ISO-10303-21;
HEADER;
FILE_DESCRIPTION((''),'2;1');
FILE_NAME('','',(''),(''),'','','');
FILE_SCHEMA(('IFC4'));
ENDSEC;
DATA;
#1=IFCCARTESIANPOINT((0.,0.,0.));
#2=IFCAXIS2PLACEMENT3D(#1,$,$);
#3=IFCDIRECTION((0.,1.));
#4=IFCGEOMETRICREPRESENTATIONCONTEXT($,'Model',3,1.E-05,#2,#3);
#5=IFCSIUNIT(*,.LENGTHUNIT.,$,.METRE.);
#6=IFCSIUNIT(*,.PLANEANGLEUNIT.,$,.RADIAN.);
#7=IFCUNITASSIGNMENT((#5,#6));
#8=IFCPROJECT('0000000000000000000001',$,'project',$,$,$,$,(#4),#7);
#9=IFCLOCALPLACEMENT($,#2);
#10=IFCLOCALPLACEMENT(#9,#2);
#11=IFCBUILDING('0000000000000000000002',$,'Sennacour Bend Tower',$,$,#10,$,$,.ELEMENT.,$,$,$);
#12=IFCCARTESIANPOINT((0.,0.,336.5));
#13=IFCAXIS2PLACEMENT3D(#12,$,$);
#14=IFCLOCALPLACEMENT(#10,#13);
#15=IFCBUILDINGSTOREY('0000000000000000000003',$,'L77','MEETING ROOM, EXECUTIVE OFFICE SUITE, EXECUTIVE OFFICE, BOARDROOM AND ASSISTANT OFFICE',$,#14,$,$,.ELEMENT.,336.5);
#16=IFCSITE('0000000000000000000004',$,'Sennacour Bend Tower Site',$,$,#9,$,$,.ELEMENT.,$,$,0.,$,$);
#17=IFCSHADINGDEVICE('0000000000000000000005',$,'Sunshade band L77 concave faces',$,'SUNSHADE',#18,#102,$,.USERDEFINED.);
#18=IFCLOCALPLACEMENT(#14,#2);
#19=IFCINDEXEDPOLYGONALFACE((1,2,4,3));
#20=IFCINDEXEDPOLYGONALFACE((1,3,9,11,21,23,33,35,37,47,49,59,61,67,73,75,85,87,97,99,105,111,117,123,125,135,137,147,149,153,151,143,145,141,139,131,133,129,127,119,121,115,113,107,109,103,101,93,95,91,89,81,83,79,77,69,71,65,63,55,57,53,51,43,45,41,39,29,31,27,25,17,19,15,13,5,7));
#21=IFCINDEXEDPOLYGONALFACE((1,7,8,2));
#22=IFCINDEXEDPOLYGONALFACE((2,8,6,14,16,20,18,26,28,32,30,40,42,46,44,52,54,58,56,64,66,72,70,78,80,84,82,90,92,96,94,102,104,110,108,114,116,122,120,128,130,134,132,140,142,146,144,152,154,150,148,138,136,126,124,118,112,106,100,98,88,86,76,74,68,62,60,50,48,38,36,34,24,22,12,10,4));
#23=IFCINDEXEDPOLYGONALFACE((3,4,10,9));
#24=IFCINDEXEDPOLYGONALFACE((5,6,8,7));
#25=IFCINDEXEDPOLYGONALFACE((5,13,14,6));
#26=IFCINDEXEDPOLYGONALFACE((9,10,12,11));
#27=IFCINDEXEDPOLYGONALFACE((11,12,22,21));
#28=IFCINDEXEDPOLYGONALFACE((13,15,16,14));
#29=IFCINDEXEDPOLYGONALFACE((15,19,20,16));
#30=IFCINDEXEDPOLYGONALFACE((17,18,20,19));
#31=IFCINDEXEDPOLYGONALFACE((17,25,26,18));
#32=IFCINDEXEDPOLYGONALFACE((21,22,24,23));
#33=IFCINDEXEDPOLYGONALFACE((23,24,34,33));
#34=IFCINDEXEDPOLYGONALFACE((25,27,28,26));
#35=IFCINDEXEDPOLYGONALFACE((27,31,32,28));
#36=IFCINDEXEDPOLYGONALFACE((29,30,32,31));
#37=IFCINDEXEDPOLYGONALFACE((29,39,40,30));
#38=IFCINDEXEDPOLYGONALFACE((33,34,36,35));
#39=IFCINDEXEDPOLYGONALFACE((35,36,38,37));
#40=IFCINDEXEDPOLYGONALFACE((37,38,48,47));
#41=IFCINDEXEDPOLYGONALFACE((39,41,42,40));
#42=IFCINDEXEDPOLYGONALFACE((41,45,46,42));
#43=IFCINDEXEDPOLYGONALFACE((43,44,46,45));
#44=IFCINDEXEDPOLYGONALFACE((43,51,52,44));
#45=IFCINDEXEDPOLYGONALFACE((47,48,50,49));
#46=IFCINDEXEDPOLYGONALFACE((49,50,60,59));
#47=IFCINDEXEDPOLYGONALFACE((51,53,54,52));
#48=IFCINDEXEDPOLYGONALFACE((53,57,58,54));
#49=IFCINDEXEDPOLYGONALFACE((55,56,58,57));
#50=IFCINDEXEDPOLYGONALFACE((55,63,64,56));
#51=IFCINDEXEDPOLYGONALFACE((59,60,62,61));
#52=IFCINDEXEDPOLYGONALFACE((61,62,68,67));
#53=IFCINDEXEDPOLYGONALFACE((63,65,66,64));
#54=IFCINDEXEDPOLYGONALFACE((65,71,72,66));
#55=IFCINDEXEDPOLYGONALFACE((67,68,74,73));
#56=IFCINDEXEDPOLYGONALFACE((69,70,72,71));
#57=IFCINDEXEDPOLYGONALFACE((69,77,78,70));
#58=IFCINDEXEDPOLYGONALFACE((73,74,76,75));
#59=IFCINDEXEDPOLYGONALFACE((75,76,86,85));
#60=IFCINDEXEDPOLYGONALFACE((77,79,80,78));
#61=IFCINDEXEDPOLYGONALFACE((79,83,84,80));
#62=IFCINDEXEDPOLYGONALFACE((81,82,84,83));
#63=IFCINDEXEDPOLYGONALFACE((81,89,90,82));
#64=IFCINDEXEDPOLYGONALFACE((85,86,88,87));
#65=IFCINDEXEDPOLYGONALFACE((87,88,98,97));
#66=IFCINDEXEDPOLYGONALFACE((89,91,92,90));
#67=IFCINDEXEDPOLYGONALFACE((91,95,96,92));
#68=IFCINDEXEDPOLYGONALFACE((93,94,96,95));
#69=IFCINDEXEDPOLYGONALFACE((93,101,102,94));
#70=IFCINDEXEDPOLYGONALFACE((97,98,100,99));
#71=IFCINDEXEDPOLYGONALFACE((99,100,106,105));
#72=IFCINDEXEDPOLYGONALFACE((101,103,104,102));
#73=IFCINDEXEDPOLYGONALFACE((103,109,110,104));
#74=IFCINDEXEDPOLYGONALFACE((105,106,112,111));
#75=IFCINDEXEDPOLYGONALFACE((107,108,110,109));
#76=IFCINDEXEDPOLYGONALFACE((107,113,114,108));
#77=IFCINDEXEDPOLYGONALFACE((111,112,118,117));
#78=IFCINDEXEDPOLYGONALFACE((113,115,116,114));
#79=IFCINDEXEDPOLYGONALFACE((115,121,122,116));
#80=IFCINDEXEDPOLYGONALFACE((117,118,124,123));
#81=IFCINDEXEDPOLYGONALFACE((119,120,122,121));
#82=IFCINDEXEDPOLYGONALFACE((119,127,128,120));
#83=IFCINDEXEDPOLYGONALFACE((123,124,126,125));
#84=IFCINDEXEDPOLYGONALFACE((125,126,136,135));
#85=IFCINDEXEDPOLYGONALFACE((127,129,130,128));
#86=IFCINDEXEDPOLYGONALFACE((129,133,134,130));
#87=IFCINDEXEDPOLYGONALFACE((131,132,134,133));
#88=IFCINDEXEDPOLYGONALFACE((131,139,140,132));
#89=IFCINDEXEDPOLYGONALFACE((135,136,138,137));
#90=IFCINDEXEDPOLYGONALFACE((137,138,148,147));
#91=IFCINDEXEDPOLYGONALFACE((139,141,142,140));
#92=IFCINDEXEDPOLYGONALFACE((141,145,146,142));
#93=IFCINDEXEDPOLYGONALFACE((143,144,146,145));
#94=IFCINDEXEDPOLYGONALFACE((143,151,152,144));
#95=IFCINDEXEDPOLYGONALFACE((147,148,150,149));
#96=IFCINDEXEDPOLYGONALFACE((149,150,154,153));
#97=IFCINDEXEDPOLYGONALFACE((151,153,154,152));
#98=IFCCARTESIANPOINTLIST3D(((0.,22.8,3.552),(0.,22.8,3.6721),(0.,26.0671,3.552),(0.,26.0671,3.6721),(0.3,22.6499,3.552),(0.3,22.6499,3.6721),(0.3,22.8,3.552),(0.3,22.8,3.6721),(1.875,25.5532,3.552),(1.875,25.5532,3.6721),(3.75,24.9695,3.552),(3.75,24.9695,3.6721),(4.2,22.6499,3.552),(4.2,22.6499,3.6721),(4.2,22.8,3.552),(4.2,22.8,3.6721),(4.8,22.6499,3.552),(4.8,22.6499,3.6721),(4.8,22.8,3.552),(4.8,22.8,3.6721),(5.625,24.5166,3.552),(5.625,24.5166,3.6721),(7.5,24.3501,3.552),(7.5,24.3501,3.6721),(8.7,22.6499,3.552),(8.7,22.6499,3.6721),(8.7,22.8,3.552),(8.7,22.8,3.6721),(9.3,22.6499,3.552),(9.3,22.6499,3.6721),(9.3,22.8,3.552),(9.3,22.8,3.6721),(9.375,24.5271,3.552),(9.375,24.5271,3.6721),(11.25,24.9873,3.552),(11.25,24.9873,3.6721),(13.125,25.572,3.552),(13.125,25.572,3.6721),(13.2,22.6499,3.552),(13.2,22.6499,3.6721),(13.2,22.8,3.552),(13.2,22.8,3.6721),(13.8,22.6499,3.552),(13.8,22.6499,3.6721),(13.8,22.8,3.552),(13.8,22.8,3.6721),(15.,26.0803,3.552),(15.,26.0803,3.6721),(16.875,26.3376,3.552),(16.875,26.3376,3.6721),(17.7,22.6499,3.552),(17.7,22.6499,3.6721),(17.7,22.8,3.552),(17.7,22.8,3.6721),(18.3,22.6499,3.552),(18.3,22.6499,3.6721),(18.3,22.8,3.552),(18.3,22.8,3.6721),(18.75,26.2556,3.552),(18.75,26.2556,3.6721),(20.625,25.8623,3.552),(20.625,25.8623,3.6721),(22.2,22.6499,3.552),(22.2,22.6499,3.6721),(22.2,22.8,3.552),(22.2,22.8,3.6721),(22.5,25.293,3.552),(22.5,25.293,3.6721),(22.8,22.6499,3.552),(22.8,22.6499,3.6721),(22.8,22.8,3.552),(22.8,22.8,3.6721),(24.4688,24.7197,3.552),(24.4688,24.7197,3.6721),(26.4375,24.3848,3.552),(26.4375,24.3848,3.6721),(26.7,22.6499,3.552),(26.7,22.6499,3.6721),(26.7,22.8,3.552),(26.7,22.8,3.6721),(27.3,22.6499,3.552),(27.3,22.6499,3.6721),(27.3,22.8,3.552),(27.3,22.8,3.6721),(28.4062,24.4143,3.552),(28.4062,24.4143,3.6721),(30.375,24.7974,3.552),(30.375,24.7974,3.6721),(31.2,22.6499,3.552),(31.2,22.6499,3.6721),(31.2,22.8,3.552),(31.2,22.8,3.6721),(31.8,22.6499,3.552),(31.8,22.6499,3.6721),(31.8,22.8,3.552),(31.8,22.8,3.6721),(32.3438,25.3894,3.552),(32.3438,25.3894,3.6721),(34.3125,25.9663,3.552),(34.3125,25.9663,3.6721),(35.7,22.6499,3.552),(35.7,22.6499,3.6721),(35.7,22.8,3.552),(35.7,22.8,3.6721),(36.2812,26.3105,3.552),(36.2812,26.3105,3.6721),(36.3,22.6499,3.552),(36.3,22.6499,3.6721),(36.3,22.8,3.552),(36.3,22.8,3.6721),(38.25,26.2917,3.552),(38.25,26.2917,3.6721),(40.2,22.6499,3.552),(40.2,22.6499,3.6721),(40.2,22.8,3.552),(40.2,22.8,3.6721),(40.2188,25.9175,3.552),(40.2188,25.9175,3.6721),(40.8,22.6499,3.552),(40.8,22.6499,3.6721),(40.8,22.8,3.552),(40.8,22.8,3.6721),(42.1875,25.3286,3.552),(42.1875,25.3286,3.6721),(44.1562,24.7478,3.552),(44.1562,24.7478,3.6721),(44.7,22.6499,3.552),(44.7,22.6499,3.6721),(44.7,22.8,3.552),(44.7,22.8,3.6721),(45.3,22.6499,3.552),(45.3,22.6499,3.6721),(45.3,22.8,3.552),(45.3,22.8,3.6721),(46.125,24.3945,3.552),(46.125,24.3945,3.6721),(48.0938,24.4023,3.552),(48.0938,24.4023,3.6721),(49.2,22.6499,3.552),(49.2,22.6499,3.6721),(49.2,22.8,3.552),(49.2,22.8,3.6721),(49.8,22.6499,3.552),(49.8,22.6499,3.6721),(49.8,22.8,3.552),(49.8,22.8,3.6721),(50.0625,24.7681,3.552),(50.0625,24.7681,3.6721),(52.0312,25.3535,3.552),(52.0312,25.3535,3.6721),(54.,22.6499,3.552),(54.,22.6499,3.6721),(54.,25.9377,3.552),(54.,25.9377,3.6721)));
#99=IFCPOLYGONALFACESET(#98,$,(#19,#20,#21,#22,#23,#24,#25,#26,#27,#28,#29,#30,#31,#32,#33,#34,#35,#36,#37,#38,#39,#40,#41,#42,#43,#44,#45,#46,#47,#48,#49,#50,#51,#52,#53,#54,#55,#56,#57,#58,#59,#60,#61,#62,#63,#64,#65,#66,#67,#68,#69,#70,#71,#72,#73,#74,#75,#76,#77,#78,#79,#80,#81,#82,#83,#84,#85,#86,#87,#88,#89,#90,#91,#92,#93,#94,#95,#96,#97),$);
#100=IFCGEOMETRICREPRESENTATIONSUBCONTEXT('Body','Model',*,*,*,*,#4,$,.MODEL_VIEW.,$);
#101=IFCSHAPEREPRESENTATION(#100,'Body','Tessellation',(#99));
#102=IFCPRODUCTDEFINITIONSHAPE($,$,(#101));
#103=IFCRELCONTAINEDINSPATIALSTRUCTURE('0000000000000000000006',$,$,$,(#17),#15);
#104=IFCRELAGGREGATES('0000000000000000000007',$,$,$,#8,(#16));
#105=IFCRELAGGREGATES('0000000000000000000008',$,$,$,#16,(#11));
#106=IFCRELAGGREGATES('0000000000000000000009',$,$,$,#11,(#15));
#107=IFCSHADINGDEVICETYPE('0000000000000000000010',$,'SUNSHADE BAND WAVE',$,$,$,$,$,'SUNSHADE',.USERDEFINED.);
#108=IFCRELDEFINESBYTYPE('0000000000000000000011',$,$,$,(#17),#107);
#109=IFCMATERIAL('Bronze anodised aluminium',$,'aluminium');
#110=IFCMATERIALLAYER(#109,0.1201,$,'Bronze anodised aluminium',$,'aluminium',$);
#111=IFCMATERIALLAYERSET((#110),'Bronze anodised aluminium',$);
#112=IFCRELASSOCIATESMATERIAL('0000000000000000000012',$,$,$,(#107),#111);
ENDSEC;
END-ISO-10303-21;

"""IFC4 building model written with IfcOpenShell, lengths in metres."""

from ifc_helpers import new_model, si_unit, direction, frame, origin, place, context, subcontext, project, spatial, polyline, outline, extrude, material, layer, layer_set, type_object, element, save


model = new_model("IFC4")

# Units and contexts
model_context = context("Model", 3, precision=1e-05, world=origin(), true_north=direction((0.0, 1.0)))
body_context = subcontext(model_context, "Body", "Model", "MODEL_VIEW")
ifc_project = project(units=[si_unit("LENGTHUNIT", "METRE"), si_unit("PLANEANGLEUNIT", "RADIAN")], contexts=[model_context])

# Site, building, storey
site_placement = place(None, origin())
site = spatial("IfcSite", under=ifc_project, at=site_placement, Name="Sennacour Bend Tower Site", CompositionType="ELEMENT", RefElevation=0.0)
building_placement = place(site_placement, origin())
building = spatial("IfcBuilding", under=site, at=building_placement, Name="Sennacour Bend Tower", CompositionType="ELEMENT")
storey_placement = place(building_placement, frame((0.0, 0.0, 336.5)))
storey = spatial("IfcBuildingStorey", under=building, at=storey_placement, Name="L77", Description="MEETING ROOM, EXECUTIVE OFFICE SUITE, EXECUTIVE OFFICE, BOARDROOM AND ASSISTANT OFFICE", CompositionType="ELEMENT", Elevation=336.5)

# Shading device
ifc_material_1 = material(Name="Bronze anodised aluminium", Category="aluminium")
ifc_layer_1 = layer(ifc_material_1, 0.1201, Name="Bronze anodised aluminium", Category="aluminium")
ifc_layer_set_1 = layer_set([ifc_layer_1], Name="Bronze anodised aluminium")
shading_device_type_1 = type_object("IfcShadingDeviceType", Name="SUNSHADE BAND WAVE", ElementType="SUNSHADE", PredefinedType="USERDEFINED", material=ifc_layer_set_1)
shading_device_1_placement = place(storey_placement, frame((0.0, 0.0, 3.552)))
element("IfcShadingDevice", 1, at=shading_device_1_placement, inside=storey, type_object=shading_device_type_1, Name="Sunshade band L77 concave faces", ObjectType="SUNSHADE", PredefinedType="USERDEFINED", context=body_context, shape_type="SweptSolid", body=[
    extrude(outline(polyline([(54.0, 22.6499), (49.8, 22.6499), (49.8, 22.8), (49.2, 22.8), (49.2, 22.6499), (45.3, 22.6499), (45.3, 22.8), (44.7, 22.8), (44.7, 22.6499), (40.8, 22.6499), (40.8, 22.8), (40.2, 22.8), (40.2, 22.6499), (36.3, 22.6499), (36.3, 22.8), (35.7, 22.8), (35.7, 22.6499), (31.8, 22.6499), (31.8, 22.8), (31.2, 22.8), (31.2, 22.6499), (27.3, 22.6499), (27.3, 22.8), (26.7, 22.8), (26.7, 22.6499), (22.8, 22.6499), (22.8, 22.8), (22.2, 22.8), (22.2, 22.6499), (18.3, 22.6499), (18.3, 22.8), (17.7, 22.8), (17.7, 22.6499), (13.8, 22.6499), (13.8, 22.8), (13.2, 22.8), (13.2, 22.6499), (9.3, 22.6499), (9.3, 22.8), (8.7, 22.8), (8.7, 22.6499), (4.8, 22.6499), (4.8, 22.8), (4.2, 22.8), (4.2, 22.6499), (0.3, 22.6499), (0.3, 22.8), (0.0, 22.8), (0.0, 26.0671), (1.875, 25.5532), (3.75, 24.9695), (5.625, 24.5166), (7.5, 24.3501), (9.375, 24.5271), (11.25, 24.9873), (13.125, 25.572), (15.0, 26.0803), (16.875, 26.3376), (18.75, 26.2556), (20.625, 25.8623), (22.5, 25.293), (24.4688, 24.7197), (26.4375, 24.3848), (28.4062, 24.4143), (30.375, 24.7974), (32.3438, 25.3894), (34.3125, 25.9663), (36.2812, 26.3105), (38.25, 26.2917), (40.2188, 25.9175), (42.1875, 25.3286), (44.1562, 24.7478), (46.125, 24.3945), (48.0938, 24.4023), (50.0625, 24.7681), (52.0312, 25.3535), (54.0, 25.9377), (54.0, 22.6499)])), origin(), (0.0, 0.0, 1.0), 0.1201),
])

save(model, "model.ifc")
